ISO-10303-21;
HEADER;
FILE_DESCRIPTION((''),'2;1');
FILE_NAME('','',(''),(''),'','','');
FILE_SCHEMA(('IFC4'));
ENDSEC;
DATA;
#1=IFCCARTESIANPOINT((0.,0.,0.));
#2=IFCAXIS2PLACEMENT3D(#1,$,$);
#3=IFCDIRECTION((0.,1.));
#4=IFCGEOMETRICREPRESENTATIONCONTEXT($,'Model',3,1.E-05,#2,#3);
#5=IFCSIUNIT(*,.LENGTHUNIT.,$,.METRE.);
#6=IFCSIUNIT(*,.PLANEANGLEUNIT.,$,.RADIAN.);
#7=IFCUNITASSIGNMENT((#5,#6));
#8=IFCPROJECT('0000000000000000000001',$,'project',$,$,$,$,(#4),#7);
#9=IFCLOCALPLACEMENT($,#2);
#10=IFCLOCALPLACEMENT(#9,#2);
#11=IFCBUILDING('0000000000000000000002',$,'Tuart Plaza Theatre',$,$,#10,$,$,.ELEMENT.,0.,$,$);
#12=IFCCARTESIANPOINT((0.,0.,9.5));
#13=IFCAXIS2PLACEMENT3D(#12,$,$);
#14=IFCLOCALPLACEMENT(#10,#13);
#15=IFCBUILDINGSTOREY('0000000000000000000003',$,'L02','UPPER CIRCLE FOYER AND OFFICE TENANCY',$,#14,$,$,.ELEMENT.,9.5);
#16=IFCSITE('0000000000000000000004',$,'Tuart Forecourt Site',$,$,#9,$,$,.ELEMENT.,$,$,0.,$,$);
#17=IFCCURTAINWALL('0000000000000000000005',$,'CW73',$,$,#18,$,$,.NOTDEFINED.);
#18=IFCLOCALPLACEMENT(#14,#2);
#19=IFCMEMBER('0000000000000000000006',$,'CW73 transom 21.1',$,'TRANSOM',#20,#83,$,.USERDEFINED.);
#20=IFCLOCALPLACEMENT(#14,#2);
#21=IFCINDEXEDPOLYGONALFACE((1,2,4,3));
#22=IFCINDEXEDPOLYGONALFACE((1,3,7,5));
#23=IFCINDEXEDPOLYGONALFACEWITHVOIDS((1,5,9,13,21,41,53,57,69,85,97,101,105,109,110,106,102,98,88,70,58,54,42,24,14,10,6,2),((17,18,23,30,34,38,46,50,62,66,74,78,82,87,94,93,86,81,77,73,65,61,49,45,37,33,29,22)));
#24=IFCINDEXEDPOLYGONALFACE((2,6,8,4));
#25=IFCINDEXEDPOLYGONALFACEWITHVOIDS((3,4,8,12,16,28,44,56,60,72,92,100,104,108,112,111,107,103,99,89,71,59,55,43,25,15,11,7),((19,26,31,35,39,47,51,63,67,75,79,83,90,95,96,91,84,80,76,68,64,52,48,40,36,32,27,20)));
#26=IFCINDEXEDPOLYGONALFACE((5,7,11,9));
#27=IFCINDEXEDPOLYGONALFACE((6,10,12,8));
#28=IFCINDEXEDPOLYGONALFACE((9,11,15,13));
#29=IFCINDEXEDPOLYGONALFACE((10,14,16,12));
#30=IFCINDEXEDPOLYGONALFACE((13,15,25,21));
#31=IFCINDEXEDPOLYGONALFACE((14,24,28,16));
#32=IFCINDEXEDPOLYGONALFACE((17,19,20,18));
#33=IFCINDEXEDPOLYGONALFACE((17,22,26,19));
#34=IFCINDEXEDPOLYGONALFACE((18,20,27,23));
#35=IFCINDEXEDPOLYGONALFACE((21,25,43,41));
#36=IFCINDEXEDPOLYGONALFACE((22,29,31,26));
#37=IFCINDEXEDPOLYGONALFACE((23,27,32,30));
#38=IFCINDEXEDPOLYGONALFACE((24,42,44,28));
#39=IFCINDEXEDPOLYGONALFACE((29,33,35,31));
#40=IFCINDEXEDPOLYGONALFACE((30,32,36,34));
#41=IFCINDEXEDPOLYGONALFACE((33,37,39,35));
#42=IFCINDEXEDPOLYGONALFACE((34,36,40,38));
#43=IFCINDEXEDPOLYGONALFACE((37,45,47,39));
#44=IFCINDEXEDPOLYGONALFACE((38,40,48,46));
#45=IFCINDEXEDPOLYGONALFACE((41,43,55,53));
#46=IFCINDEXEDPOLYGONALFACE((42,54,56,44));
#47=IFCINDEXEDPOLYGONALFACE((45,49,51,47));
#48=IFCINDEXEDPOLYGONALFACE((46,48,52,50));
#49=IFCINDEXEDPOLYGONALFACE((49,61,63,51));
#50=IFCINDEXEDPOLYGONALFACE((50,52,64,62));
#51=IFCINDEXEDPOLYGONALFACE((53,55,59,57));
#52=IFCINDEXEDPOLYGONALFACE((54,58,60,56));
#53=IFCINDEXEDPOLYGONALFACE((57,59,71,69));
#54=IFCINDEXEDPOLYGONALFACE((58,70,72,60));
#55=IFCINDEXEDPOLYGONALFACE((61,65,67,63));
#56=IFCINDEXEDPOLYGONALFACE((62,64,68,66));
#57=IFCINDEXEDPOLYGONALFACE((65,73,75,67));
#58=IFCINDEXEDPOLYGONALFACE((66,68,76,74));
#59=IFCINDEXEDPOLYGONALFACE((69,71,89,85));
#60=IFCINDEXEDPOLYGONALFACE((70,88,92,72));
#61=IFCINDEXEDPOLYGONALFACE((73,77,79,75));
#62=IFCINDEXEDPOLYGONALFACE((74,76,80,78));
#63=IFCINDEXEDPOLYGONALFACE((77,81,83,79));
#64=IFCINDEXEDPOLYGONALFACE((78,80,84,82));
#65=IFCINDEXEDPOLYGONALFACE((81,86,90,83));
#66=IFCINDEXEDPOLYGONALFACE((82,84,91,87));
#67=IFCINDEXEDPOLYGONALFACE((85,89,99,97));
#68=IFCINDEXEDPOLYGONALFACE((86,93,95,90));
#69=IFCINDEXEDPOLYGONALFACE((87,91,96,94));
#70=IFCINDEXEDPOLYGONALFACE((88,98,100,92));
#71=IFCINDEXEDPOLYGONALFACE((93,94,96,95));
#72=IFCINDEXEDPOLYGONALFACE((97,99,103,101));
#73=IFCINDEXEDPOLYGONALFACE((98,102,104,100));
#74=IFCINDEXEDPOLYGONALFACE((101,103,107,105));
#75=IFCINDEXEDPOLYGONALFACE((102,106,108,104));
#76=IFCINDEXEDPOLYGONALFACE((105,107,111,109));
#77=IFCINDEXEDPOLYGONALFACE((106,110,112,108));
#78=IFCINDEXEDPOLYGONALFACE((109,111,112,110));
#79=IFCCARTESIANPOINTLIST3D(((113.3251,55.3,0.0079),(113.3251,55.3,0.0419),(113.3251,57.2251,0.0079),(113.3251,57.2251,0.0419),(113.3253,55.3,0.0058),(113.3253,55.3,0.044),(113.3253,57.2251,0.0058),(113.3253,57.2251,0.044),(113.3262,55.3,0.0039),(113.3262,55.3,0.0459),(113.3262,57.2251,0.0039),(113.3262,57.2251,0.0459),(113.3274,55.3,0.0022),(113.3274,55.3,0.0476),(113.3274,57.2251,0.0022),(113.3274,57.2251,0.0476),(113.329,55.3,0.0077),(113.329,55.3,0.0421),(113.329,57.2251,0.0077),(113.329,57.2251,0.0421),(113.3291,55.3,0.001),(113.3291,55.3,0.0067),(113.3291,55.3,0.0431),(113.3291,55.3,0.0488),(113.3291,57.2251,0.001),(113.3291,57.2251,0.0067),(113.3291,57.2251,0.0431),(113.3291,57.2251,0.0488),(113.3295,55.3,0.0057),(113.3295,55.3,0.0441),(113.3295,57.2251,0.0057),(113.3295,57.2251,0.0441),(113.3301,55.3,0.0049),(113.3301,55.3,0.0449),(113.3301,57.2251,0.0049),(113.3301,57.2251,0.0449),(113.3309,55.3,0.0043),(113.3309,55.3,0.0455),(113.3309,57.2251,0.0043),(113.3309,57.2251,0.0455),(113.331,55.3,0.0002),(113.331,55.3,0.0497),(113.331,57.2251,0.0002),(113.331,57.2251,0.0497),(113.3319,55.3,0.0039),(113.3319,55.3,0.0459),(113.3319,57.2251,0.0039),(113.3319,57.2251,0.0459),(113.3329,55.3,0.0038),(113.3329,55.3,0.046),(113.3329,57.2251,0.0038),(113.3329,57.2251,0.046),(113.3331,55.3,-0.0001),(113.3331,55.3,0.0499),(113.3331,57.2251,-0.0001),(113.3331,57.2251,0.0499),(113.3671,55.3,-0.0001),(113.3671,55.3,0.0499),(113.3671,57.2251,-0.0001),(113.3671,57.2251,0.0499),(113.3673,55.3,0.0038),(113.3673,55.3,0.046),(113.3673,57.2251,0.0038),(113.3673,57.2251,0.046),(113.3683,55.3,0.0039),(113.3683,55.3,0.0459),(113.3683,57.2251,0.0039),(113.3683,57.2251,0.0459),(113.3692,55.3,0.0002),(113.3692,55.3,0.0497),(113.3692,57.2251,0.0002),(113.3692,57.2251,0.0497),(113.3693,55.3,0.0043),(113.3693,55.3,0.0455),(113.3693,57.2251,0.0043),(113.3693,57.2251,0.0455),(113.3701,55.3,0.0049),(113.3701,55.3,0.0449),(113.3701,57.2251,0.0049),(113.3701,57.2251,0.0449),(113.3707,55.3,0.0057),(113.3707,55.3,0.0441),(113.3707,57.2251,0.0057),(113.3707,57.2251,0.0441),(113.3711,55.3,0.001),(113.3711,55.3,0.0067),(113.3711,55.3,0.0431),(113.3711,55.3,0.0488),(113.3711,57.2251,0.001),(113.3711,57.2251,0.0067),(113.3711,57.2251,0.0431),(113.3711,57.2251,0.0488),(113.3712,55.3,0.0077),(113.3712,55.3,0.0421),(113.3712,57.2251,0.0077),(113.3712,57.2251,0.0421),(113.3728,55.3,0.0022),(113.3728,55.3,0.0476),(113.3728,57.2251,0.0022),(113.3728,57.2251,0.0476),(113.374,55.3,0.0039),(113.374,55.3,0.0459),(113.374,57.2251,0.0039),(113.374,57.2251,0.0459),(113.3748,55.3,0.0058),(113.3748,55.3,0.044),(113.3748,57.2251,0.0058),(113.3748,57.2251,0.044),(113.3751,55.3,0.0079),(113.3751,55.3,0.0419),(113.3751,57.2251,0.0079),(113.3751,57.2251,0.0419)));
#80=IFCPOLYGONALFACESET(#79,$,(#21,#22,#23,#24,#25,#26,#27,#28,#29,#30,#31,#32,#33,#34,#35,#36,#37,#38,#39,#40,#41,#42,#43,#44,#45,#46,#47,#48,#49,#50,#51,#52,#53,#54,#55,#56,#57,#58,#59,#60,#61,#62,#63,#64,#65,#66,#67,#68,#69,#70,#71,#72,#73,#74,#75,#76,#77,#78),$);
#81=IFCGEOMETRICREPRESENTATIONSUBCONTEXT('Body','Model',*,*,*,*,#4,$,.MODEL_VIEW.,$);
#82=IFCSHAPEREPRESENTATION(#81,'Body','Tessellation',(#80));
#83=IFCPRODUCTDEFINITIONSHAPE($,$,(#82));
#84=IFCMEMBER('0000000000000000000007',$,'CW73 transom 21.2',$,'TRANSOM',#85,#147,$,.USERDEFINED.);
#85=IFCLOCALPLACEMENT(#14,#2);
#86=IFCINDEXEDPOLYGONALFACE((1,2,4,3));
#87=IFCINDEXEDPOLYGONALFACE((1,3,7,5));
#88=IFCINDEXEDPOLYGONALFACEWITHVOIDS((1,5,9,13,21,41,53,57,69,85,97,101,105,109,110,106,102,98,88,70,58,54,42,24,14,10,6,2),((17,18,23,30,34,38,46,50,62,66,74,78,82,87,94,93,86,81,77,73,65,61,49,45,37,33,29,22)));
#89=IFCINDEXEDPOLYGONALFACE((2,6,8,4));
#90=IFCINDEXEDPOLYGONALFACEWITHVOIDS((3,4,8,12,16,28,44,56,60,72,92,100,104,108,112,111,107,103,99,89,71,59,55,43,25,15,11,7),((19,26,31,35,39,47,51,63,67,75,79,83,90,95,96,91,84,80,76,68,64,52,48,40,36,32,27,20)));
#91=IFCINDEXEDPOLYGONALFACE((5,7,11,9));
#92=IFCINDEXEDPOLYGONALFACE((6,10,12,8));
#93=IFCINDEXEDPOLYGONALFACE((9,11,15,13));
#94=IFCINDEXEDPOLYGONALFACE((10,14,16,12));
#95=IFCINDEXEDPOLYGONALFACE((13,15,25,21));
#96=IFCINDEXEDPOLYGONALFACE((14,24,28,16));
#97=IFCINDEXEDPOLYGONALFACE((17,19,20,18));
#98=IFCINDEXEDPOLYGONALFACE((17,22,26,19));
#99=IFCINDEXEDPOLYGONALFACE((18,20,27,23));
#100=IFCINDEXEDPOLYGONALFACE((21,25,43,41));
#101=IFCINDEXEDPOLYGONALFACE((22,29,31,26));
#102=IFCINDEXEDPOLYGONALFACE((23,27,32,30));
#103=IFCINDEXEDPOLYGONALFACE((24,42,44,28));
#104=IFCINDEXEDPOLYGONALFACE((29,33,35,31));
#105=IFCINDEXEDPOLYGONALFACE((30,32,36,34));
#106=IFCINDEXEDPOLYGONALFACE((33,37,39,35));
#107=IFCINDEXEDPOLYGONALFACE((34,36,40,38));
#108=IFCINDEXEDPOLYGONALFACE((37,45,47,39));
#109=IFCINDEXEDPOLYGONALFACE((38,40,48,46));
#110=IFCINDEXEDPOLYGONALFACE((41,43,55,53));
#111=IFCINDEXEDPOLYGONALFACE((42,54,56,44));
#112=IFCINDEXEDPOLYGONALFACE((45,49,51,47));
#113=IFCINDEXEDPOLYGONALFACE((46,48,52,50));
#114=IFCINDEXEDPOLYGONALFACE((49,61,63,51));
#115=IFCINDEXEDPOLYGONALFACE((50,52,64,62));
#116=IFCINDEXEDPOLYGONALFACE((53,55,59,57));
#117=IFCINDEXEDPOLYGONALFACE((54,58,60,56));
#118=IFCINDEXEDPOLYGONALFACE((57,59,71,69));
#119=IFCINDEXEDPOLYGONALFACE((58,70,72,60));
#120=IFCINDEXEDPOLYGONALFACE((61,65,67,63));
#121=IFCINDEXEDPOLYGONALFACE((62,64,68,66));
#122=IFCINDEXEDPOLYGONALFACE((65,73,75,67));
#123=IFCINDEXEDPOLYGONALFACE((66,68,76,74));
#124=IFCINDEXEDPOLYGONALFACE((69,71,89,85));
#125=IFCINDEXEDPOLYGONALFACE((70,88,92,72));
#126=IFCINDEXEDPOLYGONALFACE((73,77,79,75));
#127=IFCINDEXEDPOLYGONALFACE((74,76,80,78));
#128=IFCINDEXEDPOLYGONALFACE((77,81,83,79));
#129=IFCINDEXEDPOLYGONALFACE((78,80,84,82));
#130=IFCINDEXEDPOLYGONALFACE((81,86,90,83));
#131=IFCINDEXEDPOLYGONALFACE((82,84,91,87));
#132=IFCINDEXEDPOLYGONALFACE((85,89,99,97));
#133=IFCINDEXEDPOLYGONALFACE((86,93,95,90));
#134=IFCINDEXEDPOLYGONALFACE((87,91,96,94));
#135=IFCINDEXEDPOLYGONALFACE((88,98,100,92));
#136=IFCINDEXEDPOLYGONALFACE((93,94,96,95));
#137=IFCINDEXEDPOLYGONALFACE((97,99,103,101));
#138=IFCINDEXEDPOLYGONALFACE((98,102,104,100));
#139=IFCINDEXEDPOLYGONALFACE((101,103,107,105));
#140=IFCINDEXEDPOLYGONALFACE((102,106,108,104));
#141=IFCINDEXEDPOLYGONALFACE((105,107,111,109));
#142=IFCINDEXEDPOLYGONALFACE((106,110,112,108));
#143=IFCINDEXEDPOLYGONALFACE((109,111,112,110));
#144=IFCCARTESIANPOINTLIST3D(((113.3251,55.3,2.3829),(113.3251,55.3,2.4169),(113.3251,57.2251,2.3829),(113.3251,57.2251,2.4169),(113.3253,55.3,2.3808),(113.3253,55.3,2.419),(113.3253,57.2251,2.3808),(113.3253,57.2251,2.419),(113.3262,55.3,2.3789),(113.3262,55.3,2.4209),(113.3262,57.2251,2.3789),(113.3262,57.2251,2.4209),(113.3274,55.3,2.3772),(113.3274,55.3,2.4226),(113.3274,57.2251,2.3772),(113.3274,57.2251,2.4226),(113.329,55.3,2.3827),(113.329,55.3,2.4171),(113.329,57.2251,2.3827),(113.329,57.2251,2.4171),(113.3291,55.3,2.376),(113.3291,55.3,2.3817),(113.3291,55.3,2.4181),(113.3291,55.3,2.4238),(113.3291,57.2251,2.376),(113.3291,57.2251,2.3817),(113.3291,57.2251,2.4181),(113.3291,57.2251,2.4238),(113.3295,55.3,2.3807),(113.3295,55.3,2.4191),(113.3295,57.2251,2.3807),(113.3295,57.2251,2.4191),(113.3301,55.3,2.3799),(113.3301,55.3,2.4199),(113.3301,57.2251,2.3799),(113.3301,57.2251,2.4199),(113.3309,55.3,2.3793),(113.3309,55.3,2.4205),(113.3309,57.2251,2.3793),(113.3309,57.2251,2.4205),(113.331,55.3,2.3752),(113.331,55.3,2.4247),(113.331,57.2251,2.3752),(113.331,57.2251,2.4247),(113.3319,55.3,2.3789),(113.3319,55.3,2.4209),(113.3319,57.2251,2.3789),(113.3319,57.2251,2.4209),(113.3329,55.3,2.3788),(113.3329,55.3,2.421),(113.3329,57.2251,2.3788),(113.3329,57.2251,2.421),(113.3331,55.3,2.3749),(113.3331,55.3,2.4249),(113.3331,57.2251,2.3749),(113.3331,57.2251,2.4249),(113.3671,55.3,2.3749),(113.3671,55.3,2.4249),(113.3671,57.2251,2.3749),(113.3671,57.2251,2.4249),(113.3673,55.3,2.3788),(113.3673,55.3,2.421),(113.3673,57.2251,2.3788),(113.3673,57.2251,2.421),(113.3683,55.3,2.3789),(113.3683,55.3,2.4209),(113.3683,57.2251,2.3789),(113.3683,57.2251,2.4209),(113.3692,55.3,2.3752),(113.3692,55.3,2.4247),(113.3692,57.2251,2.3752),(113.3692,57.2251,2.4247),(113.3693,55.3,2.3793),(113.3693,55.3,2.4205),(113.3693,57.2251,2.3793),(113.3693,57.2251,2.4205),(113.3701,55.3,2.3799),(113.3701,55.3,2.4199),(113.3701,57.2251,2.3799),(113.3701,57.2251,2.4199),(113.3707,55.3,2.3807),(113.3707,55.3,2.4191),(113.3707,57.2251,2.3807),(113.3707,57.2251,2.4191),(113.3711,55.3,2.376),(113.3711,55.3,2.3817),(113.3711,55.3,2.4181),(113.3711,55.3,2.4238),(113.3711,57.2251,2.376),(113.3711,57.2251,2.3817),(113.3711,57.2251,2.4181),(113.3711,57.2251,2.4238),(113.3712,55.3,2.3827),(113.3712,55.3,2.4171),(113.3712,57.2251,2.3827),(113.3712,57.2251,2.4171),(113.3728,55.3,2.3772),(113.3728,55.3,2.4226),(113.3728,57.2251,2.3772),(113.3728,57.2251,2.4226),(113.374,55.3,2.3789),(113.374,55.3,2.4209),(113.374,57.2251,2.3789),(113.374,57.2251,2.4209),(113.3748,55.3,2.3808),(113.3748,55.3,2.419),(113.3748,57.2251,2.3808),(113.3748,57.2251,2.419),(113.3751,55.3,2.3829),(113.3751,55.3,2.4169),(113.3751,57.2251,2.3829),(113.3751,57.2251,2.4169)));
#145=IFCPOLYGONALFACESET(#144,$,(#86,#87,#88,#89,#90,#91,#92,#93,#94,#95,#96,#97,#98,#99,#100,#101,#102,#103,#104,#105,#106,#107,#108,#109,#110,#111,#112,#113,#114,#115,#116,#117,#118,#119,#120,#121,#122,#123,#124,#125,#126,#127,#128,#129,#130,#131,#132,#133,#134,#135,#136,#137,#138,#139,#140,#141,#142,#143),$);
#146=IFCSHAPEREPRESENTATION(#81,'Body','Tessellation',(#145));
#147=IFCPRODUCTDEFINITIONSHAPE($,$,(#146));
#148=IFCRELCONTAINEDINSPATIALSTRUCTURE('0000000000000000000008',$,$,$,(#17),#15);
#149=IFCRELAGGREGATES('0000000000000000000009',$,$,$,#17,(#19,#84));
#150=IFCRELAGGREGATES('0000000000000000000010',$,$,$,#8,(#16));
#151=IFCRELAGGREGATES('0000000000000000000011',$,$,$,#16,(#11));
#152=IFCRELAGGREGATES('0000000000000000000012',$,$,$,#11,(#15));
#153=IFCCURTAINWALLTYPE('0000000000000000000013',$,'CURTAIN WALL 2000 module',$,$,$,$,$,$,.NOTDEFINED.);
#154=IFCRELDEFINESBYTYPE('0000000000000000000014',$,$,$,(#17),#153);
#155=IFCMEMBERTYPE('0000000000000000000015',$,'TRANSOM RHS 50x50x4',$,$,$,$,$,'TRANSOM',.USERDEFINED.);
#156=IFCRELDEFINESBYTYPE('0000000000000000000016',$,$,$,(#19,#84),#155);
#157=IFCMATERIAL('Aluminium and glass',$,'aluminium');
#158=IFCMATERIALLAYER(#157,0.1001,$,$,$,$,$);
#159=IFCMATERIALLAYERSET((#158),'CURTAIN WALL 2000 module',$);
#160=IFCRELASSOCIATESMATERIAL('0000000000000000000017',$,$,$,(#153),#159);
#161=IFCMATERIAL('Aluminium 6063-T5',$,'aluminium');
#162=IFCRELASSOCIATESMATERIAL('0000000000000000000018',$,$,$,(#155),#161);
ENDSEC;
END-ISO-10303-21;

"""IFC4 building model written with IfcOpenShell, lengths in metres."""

from ifc_helpers import new_model, si_unit, direction, frame, origin, origin_2d, place, context, subcontext, project, spatial, hollow_rectangle, extrude, material, layer, layer_set, material_profile, profile_set, type_object, element, aggregate, save


model = new_model("IFC4")

# Units and contexts
model_context = context("Model", 3, precision=1e-05, world=origin(), true_north=direction((0.0, 1.0)))
body_context = subcontext(model_context, "Body", "Model", "MODEL_VIEW")
ifc_project = project(units=[si_unit("LENGTHUNIT", "METRE"), si_unit("PLANEANGLEUNIT", "RADIAN")], contexts=[model_context])

# Site, building, storey
site_placement = place(None, origin())
site = spatial("IfcSite", under=ifc_project, at=site_placement, Name="Tuart Forecourt Site", CompositionType="ELEMENT", RefElevation=0.0)
building_placement = place(site_placement, origin())
building = spatial("IfcBuilding", under=site, at=building_placement, Name="Tuart Plaza Theatre", CompositionType="ELEMENT", ElevationOfRefHeight=0.0)
storey_placement = place(building_placement, frame((0.0, 0.0, 9.5)))
storey = spatial("IfcBuildingStorey", under=building, at=storey_placement, Name="L02", Description="UPPER CIRCLE FOYER AND OFFICE TENANCY", CompositionType="ELEMENT", Elevation=9.5)

# Curtain wall, members
ifc_material_1 = material(Name="Aluminium and glass", Category="aluminium")
ifc_layer_1 = layer(ifc_material_1, 0.1001)
ifc_layer_set_1 = layer_set([ifc_layer_1], Name="CURTAIN WALL 2000 module")
curtain_wall_type = type_object("IfcCurtainWallType", Name="CURTAIN WALL 2000 module", PredefinedType="NOTDEFINED", material=ifc_layer_set_1)
curtain_wall_placement = place(storey_placement, origin())
curtain_wall = element("IfcCurtainWall", 1, at=curtain_wall_placement, inside=storey, type_object=curtain_wall_type, Name="CW73", PredefinedType="NOTDEFINED")
ifc_material_2 = material(Name="Aluminium 6063-T5", Category="aluminium")
ifc_material_profile_1 = material_profile(ifc_material_2, hollow_rectangle(XDim=0.05, YDim=0.05, WallThickness=0.0039, InnerFilletRadius=0.0039, OuterFilletRadius=0.0081, at=origin_2d()), Name="RHS 50x50x4")
ifc_profile_set_1 = profile_set([ifc_material_profile_1], Name="Aluminium 6063-T5")
member_type_1 = type_object("IfcMemberType", Name="TRANSOM RHS 50x50x4", ElementType="TRANSOM", PredefinedType="USERDEFINED", material=ifc_profile_set_1)
member_1_placement = place(storey_placement, frame((113.3501, 57.2251, 0.0249), z_axis=(0.0, -1.0, 0.0), x_axis=(1.0, 0.0, 0.0)))
member_1 = element("IfcMember", 2, at=member_1_placement, type_object=member_type_1, Name="CW73 transom 21.1", ObjectType="TRANSOM", PredefinedType="USERDEFINED", context=body_context, shape_type="SweptSolid", body=[
    extrude(hollow_rectangle(XDim=0.05, YDim=0.05, WallThickness=0.0039, InnerFilletRadius=0.0039, OuterFilletRadius=0.0081, at=origin_2d()), origin(), (0.0, 0.0, 1.0), 1.925),
])
member_2_placement = place(storey_placement, frame((113.3501, 57.2251, 2.3999), z_axis=(0.0, -1.0, 0.0), x_axis=(1.0, 0.0, 0.0)))
member_2 = element("IfcMember", 3, at=member_2_placement, type_object=member_type_1, Name="CW73 transom 21.2", ObjectType="TRANSOM", PredefinedType="USERDEFINED", context=body_context, shape_type="SweptSolid", body=[
    extrude(hollow_rectangle(XDim=0.05, YDim=0.05, WallThickness=0.0039, InnerFilletRadius=0.0039, OuterFilletRadius=0.0081, at=origin_2d()), origin(), (0.0, 0.0, 1.0), 1.925),
])
aggregate(curtain_wall, [member_1, member_2])

save(model, "model.ifc")
